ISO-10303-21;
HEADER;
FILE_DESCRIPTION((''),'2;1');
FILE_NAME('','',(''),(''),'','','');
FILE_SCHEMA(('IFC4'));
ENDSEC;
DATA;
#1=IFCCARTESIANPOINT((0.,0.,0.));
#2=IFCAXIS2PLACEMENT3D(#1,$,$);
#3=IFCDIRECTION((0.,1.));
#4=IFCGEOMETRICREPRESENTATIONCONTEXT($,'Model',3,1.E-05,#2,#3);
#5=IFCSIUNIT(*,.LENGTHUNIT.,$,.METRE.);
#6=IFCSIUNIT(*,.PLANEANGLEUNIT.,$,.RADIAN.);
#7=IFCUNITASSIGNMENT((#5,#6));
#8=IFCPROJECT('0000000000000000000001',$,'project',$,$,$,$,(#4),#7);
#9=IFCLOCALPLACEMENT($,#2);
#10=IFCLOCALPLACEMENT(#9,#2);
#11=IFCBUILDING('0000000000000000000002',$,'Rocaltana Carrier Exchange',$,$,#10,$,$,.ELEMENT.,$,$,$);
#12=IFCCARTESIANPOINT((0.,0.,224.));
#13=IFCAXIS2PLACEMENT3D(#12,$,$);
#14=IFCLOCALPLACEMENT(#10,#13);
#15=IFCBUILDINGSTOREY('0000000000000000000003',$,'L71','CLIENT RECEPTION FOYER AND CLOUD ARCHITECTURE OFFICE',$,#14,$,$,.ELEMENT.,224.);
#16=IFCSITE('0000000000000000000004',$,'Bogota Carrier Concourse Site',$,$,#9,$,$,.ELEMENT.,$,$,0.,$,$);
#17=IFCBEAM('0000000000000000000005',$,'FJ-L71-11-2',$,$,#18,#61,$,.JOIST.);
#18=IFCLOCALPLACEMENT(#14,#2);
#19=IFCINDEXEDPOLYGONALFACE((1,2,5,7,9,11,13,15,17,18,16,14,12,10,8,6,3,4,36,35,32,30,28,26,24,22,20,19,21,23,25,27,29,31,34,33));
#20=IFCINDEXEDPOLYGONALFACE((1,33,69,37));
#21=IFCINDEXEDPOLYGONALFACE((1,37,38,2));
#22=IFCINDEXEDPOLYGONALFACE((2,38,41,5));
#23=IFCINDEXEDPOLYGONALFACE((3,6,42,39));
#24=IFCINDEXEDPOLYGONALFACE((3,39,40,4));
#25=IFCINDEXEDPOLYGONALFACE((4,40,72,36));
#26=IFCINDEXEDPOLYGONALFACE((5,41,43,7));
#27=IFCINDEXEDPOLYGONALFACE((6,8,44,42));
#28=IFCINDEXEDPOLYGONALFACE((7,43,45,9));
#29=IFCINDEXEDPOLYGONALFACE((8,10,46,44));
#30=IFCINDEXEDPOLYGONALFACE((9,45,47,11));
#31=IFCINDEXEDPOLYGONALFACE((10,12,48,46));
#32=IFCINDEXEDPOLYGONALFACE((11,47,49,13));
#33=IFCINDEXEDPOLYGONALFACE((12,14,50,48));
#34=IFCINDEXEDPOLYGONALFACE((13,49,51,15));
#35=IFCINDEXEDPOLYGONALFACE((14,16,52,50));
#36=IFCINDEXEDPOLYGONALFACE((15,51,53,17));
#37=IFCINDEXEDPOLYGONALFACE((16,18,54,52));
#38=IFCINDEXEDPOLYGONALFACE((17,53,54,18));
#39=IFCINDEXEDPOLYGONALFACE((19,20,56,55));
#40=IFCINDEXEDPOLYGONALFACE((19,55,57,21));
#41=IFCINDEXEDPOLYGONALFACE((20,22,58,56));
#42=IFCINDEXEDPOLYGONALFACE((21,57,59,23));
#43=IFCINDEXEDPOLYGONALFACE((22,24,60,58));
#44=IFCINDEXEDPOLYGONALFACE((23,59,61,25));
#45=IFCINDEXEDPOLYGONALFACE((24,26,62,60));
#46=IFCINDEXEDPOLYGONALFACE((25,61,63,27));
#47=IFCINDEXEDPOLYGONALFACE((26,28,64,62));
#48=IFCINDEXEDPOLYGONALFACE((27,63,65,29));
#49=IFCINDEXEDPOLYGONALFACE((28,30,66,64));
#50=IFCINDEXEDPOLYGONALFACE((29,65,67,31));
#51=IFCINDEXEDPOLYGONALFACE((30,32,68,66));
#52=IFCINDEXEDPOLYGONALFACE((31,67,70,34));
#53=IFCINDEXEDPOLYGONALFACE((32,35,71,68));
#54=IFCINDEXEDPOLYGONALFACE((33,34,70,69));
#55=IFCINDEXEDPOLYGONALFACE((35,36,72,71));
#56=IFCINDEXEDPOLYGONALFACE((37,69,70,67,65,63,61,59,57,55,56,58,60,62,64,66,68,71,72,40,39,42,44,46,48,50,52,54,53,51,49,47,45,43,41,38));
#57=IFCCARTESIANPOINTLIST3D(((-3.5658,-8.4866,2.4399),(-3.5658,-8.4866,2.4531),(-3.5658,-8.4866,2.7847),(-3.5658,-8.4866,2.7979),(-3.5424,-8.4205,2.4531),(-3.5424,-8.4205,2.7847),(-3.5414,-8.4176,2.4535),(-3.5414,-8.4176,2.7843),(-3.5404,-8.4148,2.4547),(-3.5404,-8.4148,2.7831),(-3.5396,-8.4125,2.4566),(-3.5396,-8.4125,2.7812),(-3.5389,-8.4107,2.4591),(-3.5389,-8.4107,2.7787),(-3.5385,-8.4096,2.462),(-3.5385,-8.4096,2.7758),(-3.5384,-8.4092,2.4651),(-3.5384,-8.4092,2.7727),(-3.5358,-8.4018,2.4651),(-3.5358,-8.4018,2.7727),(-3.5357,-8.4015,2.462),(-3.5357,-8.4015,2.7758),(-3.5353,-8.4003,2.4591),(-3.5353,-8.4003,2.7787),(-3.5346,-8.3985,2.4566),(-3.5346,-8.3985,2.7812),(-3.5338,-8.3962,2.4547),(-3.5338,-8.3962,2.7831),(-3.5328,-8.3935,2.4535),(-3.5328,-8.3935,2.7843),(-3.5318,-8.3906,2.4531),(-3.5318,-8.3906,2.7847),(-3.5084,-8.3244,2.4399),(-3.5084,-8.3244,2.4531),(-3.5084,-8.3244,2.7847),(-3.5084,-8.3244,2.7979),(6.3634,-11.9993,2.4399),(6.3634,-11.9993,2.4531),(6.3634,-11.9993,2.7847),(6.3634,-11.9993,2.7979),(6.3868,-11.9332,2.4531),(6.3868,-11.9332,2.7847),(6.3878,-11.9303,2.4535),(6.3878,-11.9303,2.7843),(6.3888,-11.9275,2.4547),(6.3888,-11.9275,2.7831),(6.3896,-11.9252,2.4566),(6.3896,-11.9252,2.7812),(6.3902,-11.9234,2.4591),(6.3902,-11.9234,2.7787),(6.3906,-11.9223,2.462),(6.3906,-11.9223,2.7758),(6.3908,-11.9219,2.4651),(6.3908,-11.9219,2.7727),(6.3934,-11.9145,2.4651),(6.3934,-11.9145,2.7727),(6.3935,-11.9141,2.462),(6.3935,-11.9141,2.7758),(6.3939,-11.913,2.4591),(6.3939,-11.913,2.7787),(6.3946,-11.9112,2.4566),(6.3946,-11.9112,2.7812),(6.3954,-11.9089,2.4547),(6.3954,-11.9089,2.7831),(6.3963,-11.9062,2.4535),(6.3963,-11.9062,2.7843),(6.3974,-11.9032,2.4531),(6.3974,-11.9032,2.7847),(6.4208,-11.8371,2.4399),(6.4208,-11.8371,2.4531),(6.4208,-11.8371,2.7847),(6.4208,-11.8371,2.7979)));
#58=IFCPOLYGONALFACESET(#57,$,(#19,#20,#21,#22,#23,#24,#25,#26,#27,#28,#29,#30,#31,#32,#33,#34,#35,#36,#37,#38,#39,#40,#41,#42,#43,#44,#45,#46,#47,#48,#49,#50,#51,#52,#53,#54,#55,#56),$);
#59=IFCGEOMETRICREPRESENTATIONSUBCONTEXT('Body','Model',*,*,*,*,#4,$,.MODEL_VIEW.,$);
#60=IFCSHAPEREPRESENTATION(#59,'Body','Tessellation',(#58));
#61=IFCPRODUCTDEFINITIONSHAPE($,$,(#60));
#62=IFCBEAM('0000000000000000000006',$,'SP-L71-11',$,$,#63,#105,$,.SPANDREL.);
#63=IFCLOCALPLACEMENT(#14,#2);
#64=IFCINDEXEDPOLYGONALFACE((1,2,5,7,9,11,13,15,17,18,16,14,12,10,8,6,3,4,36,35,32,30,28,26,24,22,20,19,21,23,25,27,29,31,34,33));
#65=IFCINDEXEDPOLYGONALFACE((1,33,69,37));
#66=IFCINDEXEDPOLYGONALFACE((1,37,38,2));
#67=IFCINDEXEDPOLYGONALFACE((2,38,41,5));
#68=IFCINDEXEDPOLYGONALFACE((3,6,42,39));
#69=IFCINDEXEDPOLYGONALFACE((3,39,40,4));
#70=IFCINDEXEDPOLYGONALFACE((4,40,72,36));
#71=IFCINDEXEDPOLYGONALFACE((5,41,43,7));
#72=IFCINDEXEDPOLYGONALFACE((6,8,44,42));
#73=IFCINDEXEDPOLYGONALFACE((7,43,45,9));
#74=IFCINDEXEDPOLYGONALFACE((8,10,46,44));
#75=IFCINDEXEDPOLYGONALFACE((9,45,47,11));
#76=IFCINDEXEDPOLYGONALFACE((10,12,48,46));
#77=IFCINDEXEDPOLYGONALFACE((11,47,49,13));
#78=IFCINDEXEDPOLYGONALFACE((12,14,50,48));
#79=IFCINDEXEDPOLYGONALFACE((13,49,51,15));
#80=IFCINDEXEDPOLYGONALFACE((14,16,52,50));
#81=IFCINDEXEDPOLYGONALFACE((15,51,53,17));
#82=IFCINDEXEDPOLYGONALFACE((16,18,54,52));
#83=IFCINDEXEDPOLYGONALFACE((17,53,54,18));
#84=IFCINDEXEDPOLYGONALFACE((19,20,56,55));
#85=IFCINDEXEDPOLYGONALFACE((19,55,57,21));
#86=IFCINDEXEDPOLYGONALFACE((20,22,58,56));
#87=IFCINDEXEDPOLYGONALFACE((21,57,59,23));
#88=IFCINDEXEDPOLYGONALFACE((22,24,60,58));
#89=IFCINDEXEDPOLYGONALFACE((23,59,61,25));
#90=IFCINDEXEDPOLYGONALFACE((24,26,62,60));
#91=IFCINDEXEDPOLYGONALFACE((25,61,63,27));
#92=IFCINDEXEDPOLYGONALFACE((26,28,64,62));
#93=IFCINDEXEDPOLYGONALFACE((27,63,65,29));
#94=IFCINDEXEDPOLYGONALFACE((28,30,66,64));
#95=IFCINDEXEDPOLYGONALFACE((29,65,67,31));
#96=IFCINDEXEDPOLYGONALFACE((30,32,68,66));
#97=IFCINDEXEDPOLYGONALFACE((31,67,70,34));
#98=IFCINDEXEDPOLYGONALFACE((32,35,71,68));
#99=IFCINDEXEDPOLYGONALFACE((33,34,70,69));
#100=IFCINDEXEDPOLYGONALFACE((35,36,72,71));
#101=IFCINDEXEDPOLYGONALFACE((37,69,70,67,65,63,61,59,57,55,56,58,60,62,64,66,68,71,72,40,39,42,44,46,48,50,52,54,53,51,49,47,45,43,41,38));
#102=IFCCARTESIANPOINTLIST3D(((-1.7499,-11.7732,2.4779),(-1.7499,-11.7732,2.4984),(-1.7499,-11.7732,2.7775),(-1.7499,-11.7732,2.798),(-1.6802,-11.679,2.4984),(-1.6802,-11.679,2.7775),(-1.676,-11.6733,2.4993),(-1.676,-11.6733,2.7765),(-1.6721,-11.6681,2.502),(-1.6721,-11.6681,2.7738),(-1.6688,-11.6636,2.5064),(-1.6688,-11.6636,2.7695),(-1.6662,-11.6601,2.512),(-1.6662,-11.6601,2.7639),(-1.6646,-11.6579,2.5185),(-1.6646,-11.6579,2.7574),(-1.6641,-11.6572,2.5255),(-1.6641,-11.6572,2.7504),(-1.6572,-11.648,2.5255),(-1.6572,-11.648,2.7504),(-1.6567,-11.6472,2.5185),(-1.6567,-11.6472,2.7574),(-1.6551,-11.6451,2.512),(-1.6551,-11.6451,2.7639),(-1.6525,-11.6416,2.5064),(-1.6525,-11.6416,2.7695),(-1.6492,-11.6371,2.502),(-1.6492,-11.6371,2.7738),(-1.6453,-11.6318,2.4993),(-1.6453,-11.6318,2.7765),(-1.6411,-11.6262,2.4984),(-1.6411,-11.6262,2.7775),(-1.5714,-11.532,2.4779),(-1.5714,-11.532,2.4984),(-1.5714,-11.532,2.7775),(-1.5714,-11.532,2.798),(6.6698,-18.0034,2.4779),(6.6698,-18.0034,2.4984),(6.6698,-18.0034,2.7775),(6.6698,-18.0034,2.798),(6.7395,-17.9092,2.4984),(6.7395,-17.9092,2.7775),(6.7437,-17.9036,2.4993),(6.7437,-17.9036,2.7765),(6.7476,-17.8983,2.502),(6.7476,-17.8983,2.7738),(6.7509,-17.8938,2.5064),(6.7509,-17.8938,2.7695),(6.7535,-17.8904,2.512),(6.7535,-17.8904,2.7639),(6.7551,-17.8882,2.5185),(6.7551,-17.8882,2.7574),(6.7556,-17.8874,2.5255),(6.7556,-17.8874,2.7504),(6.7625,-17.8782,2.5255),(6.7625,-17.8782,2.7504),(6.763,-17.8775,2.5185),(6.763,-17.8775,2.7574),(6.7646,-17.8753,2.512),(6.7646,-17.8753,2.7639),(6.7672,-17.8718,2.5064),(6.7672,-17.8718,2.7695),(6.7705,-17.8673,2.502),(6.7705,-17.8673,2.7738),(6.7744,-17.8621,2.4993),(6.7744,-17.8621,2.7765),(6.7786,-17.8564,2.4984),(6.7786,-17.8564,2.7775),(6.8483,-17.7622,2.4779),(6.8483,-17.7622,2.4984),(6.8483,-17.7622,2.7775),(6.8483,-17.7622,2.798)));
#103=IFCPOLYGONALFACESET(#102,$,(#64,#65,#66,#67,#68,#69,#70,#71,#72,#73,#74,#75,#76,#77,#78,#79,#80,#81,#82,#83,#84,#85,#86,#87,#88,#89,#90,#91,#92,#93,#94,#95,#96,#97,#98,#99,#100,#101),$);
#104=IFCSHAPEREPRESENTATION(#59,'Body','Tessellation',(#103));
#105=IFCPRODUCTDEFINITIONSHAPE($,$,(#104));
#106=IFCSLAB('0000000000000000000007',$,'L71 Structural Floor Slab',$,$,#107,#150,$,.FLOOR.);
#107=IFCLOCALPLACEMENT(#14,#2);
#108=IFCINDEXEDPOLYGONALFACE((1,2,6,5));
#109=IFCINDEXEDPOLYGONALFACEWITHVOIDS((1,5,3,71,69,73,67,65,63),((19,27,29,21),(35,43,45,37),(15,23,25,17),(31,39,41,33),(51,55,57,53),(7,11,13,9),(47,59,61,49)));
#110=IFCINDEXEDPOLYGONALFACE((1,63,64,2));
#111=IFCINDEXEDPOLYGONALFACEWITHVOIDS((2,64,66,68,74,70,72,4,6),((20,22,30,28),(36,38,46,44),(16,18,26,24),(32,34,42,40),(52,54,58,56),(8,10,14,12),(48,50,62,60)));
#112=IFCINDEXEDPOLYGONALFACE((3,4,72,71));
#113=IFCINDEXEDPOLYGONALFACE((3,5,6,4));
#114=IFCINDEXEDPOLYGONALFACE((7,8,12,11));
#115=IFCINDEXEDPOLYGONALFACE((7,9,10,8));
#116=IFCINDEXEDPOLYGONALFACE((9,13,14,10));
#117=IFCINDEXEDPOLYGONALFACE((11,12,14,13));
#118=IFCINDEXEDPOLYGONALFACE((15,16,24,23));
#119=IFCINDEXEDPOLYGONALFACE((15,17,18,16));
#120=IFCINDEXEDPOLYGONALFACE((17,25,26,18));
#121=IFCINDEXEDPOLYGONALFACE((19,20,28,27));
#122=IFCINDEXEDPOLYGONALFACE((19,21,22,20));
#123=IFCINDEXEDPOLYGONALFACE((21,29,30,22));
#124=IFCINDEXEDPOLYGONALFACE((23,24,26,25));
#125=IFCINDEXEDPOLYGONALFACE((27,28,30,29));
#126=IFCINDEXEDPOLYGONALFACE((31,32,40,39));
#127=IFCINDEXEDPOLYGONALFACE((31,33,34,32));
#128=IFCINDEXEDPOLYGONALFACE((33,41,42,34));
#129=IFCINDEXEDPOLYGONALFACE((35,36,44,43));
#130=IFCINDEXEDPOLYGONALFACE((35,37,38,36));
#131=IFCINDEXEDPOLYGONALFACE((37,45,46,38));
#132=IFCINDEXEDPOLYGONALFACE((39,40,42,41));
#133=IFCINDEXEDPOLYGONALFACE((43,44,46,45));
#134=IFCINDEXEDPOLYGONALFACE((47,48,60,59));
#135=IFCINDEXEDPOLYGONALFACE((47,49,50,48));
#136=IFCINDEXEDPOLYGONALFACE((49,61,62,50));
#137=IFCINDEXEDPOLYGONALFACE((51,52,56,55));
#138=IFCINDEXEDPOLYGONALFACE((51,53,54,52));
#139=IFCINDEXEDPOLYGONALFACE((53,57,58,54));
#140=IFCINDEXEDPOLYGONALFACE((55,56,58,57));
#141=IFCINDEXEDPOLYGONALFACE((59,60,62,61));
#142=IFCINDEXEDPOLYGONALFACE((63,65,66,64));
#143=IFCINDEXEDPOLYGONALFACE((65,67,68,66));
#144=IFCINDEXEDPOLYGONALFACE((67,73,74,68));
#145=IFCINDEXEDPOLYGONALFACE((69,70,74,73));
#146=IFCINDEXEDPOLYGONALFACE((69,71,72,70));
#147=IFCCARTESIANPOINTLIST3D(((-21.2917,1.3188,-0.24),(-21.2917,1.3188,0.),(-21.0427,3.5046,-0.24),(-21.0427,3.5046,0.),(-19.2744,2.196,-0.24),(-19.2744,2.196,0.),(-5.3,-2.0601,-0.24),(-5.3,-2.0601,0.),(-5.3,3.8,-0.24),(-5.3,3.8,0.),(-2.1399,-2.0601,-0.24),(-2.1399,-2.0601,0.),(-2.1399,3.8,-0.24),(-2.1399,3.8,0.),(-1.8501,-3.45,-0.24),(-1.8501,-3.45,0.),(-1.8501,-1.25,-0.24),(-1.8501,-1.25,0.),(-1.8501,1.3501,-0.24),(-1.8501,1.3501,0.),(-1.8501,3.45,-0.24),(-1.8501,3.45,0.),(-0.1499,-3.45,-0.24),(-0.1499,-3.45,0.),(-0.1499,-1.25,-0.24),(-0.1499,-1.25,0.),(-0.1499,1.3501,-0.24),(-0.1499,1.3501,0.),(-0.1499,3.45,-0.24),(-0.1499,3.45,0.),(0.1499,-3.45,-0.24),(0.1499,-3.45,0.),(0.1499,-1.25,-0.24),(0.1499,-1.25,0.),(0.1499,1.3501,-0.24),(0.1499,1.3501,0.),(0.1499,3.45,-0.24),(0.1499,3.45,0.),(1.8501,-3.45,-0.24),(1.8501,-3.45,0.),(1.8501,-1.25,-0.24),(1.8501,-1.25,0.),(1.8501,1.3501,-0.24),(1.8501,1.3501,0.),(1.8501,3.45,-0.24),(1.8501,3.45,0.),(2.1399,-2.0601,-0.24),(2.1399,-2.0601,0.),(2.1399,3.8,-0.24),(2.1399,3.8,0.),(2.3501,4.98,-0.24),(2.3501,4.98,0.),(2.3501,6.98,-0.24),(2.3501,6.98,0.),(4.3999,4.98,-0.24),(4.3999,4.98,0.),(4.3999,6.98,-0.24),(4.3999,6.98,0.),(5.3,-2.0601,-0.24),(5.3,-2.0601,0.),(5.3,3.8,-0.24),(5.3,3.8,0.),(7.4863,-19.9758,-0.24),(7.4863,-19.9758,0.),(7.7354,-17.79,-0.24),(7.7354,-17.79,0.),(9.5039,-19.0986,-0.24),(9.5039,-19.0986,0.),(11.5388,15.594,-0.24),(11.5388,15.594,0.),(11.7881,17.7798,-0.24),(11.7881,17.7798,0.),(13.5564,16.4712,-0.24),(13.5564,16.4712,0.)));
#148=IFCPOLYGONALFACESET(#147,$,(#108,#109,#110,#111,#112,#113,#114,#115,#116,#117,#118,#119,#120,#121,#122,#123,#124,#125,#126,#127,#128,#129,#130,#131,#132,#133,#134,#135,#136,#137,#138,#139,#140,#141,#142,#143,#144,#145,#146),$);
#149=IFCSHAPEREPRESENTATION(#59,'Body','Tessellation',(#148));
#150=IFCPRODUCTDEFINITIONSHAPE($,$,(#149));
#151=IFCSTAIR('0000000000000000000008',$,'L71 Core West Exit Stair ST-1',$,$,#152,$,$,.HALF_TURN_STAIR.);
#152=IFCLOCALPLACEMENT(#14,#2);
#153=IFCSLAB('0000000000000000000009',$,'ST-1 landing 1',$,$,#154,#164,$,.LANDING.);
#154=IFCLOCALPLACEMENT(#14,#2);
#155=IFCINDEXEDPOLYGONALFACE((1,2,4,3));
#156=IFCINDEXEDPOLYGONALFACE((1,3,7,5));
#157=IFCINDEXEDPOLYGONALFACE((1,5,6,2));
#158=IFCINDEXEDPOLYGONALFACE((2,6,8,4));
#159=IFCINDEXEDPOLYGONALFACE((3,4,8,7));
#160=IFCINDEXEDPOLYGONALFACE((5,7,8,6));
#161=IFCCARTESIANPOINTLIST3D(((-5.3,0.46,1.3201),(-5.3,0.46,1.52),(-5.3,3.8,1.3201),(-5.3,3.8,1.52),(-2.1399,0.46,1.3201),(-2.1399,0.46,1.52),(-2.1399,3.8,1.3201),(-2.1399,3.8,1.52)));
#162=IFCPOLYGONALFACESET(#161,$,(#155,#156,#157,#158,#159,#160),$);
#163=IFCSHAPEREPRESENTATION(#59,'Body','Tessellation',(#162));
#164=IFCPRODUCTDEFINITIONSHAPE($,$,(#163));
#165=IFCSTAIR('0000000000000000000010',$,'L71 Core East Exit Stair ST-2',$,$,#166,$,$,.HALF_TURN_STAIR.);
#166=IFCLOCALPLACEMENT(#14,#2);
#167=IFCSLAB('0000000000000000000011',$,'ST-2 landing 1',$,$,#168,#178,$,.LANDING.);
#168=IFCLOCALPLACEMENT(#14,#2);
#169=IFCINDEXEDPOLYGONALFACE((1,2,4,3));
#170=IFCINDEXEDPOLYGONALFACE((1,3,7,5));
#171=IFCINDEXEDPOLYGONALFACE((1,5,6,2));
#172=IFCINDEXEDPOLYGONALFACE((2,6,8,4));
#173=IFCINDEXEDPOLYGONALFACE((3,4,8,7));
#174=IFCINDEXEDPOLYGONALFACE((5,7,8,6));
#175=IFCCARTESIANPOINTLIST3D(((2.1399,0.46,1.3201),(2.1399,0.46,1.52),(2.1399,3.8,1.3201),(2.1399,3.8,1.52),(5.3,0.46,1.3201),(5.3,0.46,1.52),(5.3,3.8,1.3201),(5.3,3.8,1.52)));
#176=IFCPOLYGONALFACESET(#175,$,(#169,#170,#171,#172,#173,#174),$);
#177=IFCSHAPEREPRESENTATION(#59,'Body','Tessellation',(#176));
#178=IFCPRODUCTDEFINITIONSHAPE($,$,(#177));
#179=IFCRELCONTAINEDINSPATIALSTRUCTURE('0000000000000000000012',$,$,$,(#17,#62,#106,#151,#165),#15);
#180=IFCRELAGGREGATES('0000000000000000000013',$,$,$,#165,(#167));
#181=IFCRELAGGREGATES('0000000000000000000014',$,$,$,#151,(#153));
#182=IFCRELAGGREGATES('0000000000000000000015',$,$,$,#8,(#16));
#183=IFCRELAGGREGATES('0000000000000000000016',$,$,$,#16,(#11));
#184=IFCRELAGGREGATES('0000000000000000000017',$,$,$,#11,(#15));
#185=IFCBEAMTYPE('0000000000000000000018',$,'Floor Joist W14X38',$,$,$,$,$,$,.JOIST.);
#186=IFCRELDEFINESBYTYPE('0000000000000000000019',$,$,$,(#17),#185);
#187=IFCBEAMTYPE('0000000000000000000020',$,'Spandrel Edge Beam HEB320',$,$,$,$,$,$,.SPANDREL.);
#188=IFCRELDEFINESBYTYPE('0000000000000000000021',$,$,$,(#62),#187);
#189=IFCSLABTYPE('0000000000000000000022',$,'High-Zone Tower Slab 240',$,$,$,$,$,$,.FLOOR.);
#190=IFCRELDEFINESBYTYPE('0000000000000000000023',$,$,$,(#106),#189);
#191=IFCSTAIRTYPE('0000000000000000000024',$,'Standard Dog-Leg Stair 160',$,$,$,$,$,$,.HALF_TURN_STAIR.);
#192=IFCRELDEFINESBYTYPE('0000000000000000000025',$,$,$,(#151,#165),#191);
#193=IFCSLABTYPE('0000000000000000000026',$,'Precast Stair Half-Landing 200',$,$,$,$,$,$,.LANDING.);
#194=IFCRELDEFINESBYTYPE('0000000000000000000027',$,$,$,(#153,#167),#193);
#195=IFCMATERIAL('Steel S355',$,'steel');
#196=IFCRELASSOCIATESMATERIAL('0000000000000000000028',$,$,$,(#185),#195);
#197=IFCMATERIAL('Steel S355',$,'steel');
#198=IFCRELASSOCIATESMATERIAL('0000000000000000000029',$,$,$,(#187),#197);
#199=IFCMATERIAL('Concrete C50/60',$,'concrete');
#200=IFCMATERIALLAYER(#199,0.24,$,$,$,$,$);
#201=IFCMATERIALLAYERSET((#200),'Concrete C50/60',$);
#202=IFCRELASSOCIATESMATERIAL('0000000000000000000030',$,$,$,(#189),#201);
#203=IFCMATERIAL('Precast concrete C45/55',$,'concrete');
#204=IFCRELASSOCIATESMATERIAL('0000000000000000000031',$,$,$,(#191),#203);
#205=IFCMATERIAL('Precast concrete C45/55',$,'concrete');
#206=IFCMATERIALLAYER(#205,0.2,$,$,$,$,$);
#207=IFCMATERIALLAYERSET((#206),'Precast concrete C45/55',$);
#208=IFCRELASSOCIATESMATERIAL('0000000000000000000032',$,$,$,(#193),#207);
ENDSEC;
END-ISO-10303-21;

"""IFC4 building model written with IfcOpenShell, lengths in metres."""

from ifc_helpers import new_model, si_unit, direction, frame, origin, origin_2d, place, context, subcontext, project, spatial, polyline, i_section, outline, extrude, material, layer, layer_set, material_profile, profile_set, type_object, element, aggregate, save


model = new_model("IFC4")

# Units and contexts
model_context = context("Model", 3, precision=1e-05, world=origin(), true_north=direction((0.0, 1.0)))
body_context = subcontext(model_context, "Body", "Model", "MODEL_VIEW")
ifc_project = project(units=[si_unit("LENGTHUNIT", "METRE"), si_unit("PLANEANGLEUNIT", "RADIAN")], contexts=[model_context])

# Site, building, storey
site_placement = place(None, origin())
site = spatial("IfcSite", under=ifc_project, at=site_placement, Name="Bogota Carrier Concourse Site", CompositionType="ELEMENT", RefElevation=0.0)
building_placement = place(site_placement, origin())
building = spatial("IfcBuilding", under=site, at=building_placement, Name="Rocaltana Carrier Exchange", CompositionType="ELEMENT")
storey_placement = place(building_placement, frame((0.0, 0.0, 224.0)))
storey = spatial("IfcBuildingStorey", under=building, at=storey_placement, Name="L71", Description="CLIENT RECEPTION FOYER AND CLOUD ARCHITECTURE OFFICE", CompositionType="ELEMENT", Elevation=224.0)

# Beams
ifc_material_1 = material(Name="Steel S355", Category="steel")
ifc_material_profile_1 = material_profile(ifc_material_1, i_section(OverallWidth=0.1721, OverallDepth=0.3579, WebThickness=0.0078, FlangeThickness=0.0132, FilletRadius=0.012, at=origin_2d()), Name="W14X38")
ifc_profile_set_1 = profile_set([ifc_material_profile_1], Name="Steel S355")
beam_type_1 = type_object("IfcBeamType", Name="Floor Joist W14X38", PredefinedType="JOIST", material=ifc_profile_set_1)
beam_1_placement = place(storey_placement, frame((-3.5371, -8.4055, 2.6189), z_axis=(0.942744, -0.333518, 0.0), x_axis=(0.333518, 0.942744, 0.0)))
element("IfcBeam", 1, at=beam_1_placement, inside=storey, type_object=beam_type_1, Name="FJ-L71-11-2", PredefinedType="JOIST", context=body_context, shape_type="SweptSolid", body=[
    extrude(i_section(OverallWidth=0.1721, OverallDepth=0.3579, WebThickness=0.0078, FlangeThickness=0.0132, FilletRadius=0.012, at=origin_2d()), origin(), (0.0, 0.0, 1.0), 10.5322),
])
ifc_material_2 = material(Name="Steel S355", Category="steel")
ifc_material_profile_2 = material_profile(ifc_material_2, i_section(OverallWidth=0.3, OverallDepth=0.3201, WebThickness=0.0115, FlangeThickness=0.0205, FilletRadius=0.0271, at=origin_2d()), Name="HEB320")
ifc_profile_set_2 = profile_set([ifc_material_profile_2], Name="Steel S355")
beam_type_2 = type_object("IfcBeamType", Name="Spandrel Edge Beam HEB320", PredefinedType="SPANDREL", material=ifc_profile_set_2)
beam_2_placement = place(storey_placement, frame((-1.6606, -11.6526, 2.6379), z_axis=(0.803857, -0.594822, 0.0), x_axis=(0.594822, 0.803857, 0.0)))
element("IfcBeam", 2, at=beam_2_placement, inside=storey, type_object=beam_type_2, Name="SP-L71-11", PredefinedType="SPANDREL", context=body_context, shape_type="SweptSolid", body=[
    extrude(i_section(OverallWidth=0.3, OverallDepth=0.3201, WebThickness=0.0115, FlangeThickness=0.0205, FilletRadius=0.0271, at=origin_2d()), origin(), (0.0, 0.0, 1.0), 10.4741),
])

# Slab
ifc_material_3 = material(Name="Concrete C50/60", Category="concrete")
ifc_layer_1 = layer(ifc_material_3, 0.24)
ifc_layer_set_1 = layer_set([ifc_layer_1], Name="Concrete C50/60")
slab_type_1 = type_object("IfcSlabType", Name="High-Zone Tower Slab 240", PredefinedType="FLOOR", material=ifc_layer_set_1)
slab_1_placement = place(storey_placement, frame((0.0, 0.0, -0.24)))
element("IfcSlab", 3, at=slab_1_placement, inside=storey, type_object=slab_type_1, Name="L71 Structural Floor Slab", PredefinedType="FLOOR", context=body_context, shape_type="SweptSolid", body=[
    extrude(outline(polyline([(7.4863, -19.9758), (7.7354, -17.79), (9.5039, -19.0986), (13.5564, 16.4712), (11.5388, 15.594), (11.7881, 17.7798), (-21.0427, 3.5046), (-19.2744, 2.196), (-21.2917, 1.3188), (7.4863, -19.9758)]), holes=[polyline([(-5.3, -2.0601), (-2.1399, -2.0601), (-2.1399, 3.8), (-5.3, 3.8), (-5.3, -2.0601)]), polyline([(2.1399, -2.0601), (5.3, -2.0601), (5.3, 3.8), (2.1399, 3.8), (2.1399, -2.0601)]), polyline([(-1.8501, -3.45), (-0.1499, -3.45), (-0.1499, -1.25), (-1.8501, -1.25), (-1.8501, -3.45)]), polyline([(0.1499, -3.45), (1.8501, -3.45), (1.8501, -1.25), (0.1499, -1.25), (0.1499, -3.45)]), polyline([(2.3501, 4.98), (4.3999, 4.98), (4.3999, 6.98), (2.3501, 6.98), (2.3501, 4.98)]), polyline([(-1.8501, 1.3501), (-0.1499, 1.3501), (-0.1499, 3.45), (-1.8501, 3.45), (-1.8501, 1.3501)]), polyline([(0.1499, 1.3501), (1.8501, 1.3501), (1.8501, 3.45), (0.1499, 3.45), (0.1499, 1.3501)])]), origin(), (0.0, 0.0, 1.0), 0.24),
])

# Stairs, slabs
ifc_material_4 = material(Name="Precast concrete C45/55", Category="concrete")
stair_type = type_object("IfcStairType", Name="Standard Dog-Leg Stair 160", PredefinedType="HALF_TURN_STAIR", material=ifc_material_4)
stair_1_placement = place(storey_placement, origin())
stair_1 = element("IfcStair", 4, at=stair_1_placement, inside=storey, type_object=stair_type, Name="L71 Core West Exit Stair ST-1", PredefinedType="HALF_TURN_STAIR")
ifc_material_5 = material(Name="Precast concrete C45/55", Category="concrete")
ifc_layer_2 = layer(ifc_material_5, 0.2)
ifc_layer_set_2 = layer_set([ifc_layer_2], Name="Precast concrete C45/55")
slab_type_2 = type_object("IfcSlabType", Name="Precast Stair Half-Landing 200", PredefinedType="LANDING", material=ifc_layer_set_2)
slab_2_placement = place(storey_placement, frame((0.0, 0.0, 1.3201)))
slab_2 = element("IfcSlab", 5, at=slab_2_placement, type_object=slab_type_2, Name="ST-1 landing 1", PredefinedType="LANDING", context=body_context, shape_type="SweptSolid", body=[
    extrude(outline(polyline([(-2.1399, 0.46), (-2.1399, 3.8), (-5.3, 3.8), (-5.3, 0.46), (-2.1399, 0.46)])), origin(), (0.0, 0.0, 1.0), 0.2),
])
stair_2_placement = place(storey_placement, origin())
stair_2 = element("IfcStair", 6, at=stair_2_placement, inside=storey, type_object=stair_type, Name="L71 Core East Exit Stair ST-2", PredefinedType="HALF_TURN_STAIR")
slab_3_placement = place(storey_placement, frame((0.0, 0.0, 1.3201)))
slab_3 = element("IfcSlab", 7, at=slab_3_placement, type_object=slab_type_2, Name="ST-2 landing 1", PredefinedType="LANDING", context=body_context, shape_type="SweptSolid", body=[
    extrude(outline(polyline([(5.3, 0.46), (5.3, 3.8), (2.1399, 3.8), (2.1399, 0.46), (5.3, 0.46)])), origin(), (0.0, 0.0, 1.0), 0.2),
])
aggregate(stair_2, [slab_3])

aggregate(stair_1, [slab_2])

save(model, "model.ifc")
